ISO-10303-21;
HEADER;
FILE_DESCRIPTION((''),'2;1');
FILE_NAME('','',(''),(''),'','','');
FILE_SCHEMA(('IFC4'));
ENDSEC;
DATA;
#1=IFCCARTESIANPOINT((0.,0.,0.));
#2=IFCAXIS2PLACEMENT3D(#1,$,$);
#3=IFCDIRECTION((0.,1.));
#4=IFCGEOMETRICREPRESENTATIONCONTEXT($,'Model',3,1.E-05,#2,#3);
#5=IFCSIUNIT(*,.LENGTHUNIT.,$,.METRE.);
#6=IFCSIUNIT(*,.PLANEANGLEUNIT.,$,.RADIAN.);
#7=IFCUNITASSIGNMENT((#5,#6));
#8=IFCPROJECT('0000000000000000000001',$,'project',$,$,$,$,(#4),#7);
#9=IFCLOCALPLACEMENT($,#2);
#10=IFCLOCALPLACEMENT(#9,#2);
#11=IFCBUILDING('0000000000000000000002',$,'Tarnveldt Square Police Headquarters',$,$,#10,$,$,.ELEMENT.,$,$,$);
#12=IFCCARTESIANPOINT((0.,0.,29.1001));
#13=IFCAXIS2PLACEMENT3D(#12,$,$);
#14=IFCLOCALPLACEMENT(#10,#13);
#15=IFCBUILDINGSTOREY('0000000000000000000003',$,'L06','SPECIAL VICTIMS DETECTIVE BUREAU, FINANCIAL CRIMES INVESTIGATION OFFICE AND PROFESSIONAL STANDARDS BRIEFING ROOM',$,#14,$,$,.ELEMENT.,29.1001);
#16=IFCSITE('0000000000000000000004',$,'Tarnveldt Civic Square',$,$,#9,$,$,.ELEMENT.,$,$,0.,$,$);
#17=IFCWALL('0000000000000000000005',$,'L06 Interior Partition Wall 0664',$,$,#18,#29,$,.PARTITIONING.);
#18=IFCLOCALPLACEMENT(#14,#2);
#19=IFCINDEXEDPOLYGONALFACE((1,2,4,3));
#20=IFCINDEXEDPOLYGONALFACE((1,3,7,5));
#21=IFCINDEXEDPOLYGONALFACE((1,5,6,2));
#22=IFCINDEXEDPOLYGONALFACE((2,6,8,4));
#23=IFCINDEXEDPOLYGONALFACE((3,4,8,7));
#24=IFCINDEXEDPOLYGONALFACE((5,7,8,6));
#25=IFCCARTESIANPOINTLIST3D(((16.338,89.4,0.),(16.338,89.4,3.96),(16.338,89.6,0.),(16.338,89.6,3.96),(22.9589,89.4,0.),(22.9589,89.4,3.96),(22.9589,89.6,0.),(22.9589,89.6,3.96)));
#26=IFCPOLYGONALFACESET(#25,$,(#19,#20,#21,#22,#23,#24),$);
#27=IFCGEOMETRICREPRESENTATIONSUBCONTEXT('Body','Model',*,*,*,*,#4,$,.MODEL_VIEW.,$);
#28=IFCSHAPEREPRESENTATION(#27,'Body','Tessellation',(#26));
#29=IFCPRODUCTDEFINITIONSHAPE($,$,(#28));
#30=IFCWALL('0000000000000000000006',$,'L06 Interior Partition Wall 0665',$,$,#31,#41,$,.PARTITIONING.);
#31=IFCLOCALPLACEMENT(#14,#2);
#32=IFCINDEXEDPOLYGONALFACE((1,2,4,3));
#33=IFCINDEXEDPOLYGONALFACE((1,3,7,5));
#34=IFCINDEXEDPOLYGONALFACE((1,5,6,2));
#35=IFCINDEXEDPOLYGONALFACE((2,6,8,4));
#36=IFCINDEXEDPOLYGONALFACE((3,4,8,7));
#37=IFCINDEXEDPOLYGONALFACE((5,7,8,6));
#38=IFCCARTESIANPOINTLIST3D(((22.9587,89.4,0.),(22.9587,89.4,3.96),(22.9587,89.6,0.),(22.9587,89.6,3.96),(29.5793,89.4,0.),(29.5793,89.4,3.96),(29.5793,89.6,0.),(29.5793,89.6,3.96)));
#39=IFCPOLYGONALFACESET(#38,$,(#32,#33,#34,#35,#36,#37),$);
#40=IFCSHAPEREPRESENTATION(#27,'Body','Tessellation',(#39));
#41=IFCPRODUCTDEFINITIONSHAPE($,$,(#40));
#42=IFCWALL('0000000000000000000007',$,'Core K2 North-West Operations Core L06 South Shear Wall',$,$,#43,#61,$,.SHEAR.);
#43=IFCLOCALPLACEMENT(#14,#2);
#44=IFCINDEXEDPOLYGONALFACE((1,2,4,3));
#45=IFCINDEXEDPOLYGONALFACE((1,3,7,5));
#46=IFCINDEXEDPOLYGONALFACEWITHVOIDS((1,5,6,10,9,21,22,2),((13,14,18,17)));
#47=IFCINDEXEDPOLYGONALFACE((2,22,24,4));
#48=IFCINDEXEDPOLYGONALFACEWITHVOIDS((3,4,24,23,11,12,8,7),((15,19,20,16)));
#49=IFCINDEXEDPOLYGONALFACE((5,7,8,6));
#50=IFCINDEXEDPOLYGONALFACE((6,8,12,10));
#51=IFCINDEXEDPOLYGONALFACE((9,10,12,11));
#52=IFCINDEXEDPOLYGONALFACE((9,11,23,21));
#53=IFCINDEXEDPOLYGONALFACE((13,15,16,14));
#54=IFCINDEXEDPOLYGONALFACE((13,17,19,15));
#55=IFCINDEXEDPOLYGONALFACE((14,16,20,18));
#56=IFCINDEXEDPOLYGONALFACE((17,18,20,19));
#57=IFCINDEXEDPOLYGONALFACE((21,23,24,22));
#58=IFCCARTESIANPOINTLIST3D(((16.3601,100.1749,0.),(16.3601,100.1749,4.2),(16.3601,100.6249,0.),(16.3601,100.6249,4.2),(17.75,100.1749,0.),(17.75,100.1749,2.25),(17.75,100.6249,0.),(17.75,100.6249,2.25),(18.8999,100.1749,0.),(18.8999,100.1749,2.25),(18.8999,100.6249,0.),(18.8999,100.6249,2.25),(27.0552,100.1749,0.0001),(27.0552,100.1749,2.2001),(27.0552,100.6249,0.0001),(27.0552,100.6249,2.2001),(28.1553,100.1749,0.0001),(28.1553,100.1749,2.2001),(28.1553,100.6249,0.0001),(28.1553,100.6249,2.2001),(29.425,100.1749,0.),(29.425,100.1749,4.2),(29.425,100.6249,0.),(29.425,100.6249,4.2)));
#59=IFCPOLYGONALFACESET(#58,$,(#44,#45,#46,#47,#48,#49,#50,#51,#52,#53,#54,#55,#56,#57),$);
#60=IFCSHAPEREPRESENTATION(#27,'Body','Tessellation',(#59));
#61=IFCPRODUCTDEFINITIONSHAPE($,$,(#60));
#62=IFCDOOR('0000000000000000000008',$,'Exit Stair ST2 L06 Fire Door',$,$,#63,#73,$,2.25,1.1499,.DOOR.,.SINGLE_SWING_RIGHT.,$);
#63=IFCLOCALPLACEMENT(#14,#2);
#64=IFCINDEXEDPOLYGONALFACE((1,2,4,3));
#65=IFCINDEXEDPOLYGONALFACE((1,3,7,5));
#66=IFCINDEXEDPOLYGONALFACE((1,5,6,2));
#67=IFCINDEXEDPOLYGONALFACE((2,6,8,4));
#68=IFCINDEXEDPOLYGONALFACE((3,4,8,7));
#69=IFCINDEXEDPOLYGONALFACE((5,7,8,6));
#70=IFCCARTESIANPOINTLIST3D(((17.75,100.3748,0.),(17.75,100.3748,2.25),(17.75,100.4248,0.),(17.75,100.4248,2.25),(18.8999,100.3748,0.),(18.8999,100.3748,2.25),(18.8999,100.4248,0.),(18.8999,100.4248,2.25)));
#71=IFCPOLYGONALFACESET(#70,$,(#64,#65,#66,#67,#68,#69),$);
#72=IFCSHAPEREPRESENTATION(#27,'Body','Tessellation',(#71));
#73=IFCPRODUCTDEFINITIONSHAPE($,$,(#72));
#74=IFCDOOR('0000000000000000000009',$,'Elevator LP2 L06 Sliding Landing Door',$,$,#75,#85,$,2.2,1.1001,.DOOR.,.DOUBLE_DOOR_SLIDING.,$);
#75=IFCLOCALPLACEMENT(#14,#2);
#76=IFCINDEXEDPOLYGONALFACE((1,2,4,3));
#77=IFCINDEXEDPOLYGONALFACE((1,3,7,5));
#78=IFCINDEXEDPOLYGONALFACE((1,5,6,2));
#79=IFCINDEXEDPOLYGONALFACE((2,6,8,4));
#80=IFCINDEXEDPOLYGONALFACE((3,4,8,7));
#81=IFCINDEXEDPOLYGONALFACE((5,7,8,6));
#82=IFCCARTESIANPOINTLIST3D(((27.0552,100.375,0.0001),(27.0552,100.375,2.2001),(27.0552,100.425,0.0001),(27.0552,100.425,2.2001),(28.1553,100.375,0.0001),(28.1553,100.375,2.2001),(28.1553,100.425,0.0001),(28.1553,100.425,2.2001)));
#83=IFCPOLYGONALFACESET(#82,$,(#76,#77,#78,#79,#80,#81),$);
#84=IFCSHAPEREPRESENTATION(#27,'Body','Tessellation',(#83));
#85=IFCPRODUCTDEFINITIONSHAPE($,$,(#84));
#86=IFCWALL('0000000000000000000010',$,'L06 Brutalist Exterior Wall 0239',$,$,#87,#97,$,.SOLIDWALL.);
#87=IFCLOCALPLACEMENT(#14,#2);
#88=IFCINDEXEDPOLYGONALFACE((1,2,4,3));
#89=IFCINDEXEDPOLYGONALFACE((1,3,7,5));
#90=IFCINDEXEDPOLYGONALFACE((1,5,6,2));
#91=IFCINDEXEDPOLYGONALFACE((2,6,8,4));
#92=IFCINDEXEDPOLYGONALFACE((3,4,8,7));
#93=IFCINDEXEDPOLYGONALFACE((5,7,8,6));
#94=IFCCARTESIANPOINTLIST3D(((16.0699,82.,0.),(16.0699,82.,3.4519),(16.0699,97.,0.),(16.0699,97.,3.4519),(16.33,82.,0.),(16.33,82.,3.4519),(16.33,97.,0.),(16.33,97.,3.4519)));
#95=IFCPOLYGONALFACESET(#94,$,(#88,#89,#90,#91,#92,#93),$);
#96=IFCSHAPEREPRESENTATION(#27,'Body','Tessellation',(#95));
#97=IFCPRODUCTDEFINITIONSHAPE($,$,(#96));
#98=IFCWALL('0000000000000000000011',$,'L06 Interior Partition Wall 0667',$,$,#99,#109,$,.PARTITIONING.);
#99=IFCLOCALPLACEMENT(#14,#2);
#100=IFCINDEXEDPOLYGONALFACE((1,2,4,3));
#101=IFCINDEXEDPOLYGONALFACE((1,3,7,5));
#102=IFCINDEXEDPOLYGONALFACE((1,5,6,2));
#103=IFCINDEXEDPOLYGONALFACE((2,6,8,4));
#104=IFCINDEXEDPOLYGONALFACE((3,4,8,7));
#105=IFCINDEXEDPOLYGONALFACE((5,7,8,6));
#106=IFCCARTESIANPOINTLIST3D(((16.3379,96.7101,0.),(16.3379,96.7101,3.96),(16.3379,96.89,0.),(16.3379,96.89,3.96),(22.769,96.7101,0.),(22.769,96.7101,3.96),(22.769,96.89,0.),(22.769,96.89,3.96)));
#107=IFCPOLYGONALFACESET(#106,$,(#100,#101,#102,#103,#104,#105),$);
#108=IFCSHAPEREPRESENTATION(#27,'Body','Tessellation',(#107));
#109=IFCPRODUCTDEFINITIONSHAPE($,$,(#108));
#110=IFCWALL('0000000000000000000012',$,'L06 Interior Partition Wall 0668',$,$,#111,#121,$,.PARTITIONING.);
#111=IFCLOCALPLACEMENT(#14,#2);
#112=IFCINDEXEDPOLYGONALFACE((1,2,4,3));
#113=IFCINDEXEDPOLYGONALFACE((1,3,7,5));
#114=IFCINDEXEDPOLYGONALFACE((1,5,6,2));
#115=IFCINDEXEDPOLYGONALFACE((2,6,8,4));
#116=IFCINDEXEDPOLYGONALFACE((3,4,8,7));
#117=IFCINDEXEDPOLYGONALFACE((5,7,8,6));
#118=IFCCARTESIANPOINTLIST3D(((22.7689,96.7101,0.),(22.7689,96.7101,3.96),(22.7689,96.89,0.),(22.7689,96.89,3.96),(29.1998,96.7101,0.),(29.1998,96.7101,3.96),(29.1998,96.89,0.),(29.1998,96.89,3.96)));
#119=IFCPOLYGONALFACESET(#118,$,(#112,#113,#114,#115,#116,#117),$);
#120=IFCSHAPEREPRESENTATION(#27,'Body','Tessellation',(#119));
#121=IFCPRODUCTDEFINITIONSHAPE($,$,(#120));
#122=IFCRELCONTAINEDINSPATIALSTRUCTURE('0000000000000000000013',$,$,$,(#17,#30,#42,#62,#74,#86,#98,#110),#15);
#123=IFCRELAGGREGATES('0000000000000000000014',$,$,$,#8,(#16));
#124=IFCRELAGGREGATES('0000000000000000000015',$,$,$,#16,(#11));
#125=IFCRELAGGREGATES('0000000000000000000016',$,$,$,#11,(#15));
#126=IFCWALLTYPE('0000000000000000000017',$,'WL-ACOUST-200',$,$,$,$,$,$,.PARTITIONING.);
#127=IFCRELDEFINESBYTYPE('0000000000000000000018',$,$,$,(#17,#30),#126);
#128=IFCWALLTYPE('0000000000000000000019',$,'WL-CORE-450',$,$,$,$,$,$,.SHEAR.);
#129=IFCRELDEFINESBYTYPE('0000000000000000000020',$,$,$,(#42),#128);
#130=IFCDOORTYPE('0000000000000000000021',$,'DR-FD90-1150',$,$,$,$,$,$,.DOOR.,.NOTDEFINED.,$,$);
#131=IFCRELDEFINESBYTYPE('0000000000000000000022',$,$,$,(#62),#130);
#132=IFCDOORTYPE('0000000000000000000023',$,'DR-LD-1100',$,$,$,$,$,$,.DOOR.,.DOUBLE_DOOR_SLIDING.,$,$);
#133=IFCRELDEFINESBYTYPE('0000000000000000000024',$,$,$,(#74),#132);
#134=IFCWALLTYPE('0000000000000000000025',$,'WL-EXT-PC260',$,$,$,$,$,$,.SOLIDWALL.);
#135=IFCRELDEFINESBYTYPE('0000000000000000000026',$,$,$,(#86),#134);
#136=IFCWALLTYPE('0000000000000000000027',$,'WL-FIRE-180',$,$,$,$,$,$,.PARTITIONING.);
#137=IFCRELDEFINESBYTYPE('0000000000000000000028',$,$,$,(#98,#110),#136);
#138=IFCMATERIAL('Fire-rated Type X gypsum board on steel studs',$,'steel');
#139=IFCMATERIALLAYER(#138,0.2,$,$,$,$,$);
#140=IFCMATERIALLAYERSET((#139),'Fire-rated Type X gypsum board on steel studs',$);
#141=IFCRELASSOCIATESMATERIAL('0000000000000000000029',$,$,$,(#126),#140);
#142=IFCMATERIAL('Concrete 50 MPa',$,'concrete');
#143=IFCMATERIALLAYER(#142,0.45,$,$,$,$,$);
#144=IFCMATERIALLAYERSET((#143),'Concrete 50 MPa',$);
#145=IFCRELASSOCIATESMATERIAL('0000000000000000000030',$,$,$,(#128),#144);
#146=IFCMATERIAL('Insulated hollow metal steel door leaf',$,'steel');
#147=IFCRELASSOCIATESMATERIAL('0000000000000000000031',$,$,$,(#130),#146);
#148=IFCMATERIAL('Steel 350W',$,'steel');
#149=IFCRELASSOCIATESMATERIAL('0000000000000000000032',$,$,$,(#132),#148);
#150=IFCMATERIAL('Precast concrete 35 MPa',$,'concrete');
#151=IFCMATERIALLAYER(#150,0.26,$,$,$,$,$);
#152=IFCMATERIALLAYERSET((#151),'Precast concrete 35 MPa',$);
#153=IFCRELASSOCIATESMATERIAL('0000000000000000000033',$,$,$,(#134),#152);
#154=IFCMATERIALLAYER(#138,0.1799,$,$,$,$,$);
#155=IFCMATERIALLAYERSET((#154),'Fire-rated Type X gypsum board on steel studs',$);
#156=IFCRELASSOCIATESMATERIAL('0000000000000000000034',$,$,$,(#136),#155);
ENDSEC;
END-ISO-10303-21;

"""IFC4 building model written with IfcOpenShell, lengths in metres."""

from ifc_helpers import new_model, si_unit, direction, frame, frame_2d, origin, place, context, subcontext, project, spatial, rectangle, extrude, material, layer, layer_set, type_object, element, fill, save


model = new_model("IFC4")

# Units and contexts
model_context = context("Model", 3, precision=1e-05, world=origin(), true_north=direction((0.0, 1.0)))
body_context = subcontext(model_context, "Body", "Model", "MODEL_VIEW")
ifc_project = project(units=[si_unit("LENGTHUNIT", "METRE"), si_unit("PLANEANGLEUNIT", "RADIAN")], contexts=[model_context])

# Site, building, storey
site_placement = place(None, origin())
site = spatial("IfcSite", under=ifc_project, at=site_placement, Name="Tarnveldt Civic Square", CompositionType="ELEMENT", RefElevation=0.0)
building_placement = place(site_placement, origin())
building = spatial("IfcBuilding", under=site, at=building_placement, Name="Tarnveldt Square Police Headquarters", CompositionType="ELEMENT")
storey_placement = place(building_placement, frame((0.0, 0.0, 29.1001)))
storey = spatial("IfcBuildingStorey", under=building, at=storey_placement, Name="L06", Description="SPECIAL VICTIMS DETECTIVE BUREAU, FINANCIAL CRIMES INVESTIGATION OFFICE AND PROFESSIONAL STANDARDS BRIEFING ROOM", CompositionType="ELEMENT", Elevation=29.1001)

# Shared definitions
ifc_material_1 = material(Name="Steel 350W", Category="steel")

# Walls
ifc_material_2 = material(Name="Fire-rated Type X gypsum board on steel studs", Category="steel")
ifc_layer_1 = layer(ifc_material_2, 0.2)
ifc_layer_set_1 = layer_set([ifc_layer_1], Name="Fire-rated Type X gypsum board on steel studs")
wall_type_1 = type_object("IfcWallType", Name="WL-ACOUST-200", PredefinedType="PARTITIONING", material=ifc_layer_set_1)
wall_1_placement = place(storey_placement, frame((16.3379, 89.5, 0.0), z_axis=(0.0, 0.0, 1.0), x_axis=(1.0, 0.0, 0.0)))
element("IfcWall", 1, at=wall_1_placement, inside=storey, type_object=wall_type_1, Name="L06 Interior Partition Wall 0664", PredefinedType="PARTITIONING", context=body_context, shape_type="SweptSolid", body=[
    extrude(rectangle(XDim=6.6208, YDim=0.2, at=frame_2d((3.3105, 0.0))), origin(), (0.0, 0.0, 1.0), 3.96),
])
wall_2_placement = place(storey_placement, frame((22.9587, 89.5, 0.0), z_axis=(0.0, 0.0, 1.0), x_axis=(1.0, 0.0, 0.0)))
element("IfcWall", 2, at=wall_2_placement, inside=storey, type_object=wall_type_1, Name="L06 Interior Partition Wall 0665", PredefinedType="PARTITIONING", context=body_context, shape_type="SweptSolid", body=[
    extrude(rectangle(XDim=6.6206, YDim=0.2, at=frame_2d((3.3103, 0.0))), origin(), (0.0, 0.0, 1.0), 3.96),
])

# Wall, openings, doors
ifc_material_3 = material(Name="Concrete 50 MPa", Category="concrete")
ifc_layer_2 = layer(ifc_material_3, 0.45)
ifc_layer_set_2 = layer_set([ifc_layer_2], Name="Concrete 50 MPa")
wall_type_2 = type_object("IfcWallType", Name="WL-CORE-450", PredefinedType="SHEAR", material=ifc_layer_set_2)
wall_3_placement = place(storey_placement, frame((16.3601, 100.3999, 0.0), z_axis=(0.0, 0.0, 1.0), x_axis=(1.0, 0.0, 0.0)))
wall_3 = element("IfcWall", 3, at=wall_3_placement, inside=storey, type_object=wall_type_2, Name="Core K2 North-West Operations Core L06 South Shear Wall", PredefinedType="SHEAR", context=body_context, shape_type="SweptSolid", body=[
    extrude(rectangle(XDim=13.0649, YDim=0.45, at=frame_2d((6.5325, 0.0))), origin(), (0.0, 0.0, 1.0), 4.2),
])
opening_1_placement = place(wall_3_placement, frame((1.3899, 0.0, 0.0)))
opening_1 = element("IfcOpeningElement", 4, at=opening_1_placement, cuts=wall_3, PredefinedType="OPENING", context=body_context, shape_type="SweptSolid", body=[
    extrude(rectangle(XDim=1.1499, YDim=2.25, at=frame_2d((0.575, 1.125))), frame((0.0, 0.2349, 0.0), z_axis=(0.0, -1.0, 0.0), x_axis=(1.0, 0.0, 0.0)), (0.0, 0.0, 1.0), 0.47),
])
opening_2_placement = place(wall_3_placement, frame((10.6951, 0.0, 0.0)))
opening_2 = element("IfcOpeningElement", 5, at=opening_2_placement, cuts=wall_3, PredefinedType="OPENING", context=body_context, shape_type="SweptSolid", body=[
    extrude(rectangle(XDim=1.1001, YDim=2.2, at=frame_2d((0.55, 1.1001))), frame((0.0, 0.2349, 0.0), z_axis=(0.0, -1.0, 0.0), x_axis=(1.0, 0.0, 0.0)), (0.0, 0.0, 1.0), 0.47),
])
ifc_material_4 = material(Name="Insulated hollow metal steel door leaf", Category="steel")
door_type_1 = type_object("IfcDoorType", Name="DR-FD90-1150", OperationType="NOTDEFINED", PredefinedType="DOOR", material=ifc_material_4)
door_1_placement = place(opening_1_placement, origin())
door_1 = element("IfcDoor", 6, at=door_1_placement, inside=storey, type_object=door_type_1, Name="Exit Stair ST2 L06 Fire Door", OperationType="SINGLE_SWING_RIGHT", OverallHeight=2.25, OverallWidth=1.1499, PredefinedType="DOOR", context=body_context, shape_type="SweptSolid", body=[
    extrude(rectangle(XDim=1.1499, YDim=2.25, at=frame_2d((0.575, 1.125))), frame((0.0, 0.0249, 0.0), z_axis=(0.0, -1.0, 0.0), x_axis=(1.0, 0.0, 0.0)), (0.0, 0.0, 1.0), 0.05),
])
fill(opening_1, door_1)
door_type_2 = type_object("IfcDoorType", Name="DR-LD-1100", OperationType="DOUBLE_DOOR_SLIDING", PredefinedType="DOOR", material=ifc_material_1)
door_2_placement = place(opening_2_placement, frame((1.1001, 0.0, 0.0), z_axis=(0.0, 0.0, 1.0), x_axis=(-1.0, 0.0, 0.0)))
door_2 = element("IfcDoor", 7, at=door_2_placement, inside=storey, type_object=door_type_2, Name="Elevator LP2 L06 Sliding Landing Door", OperationType="DOUBLE_DOOR_SLIDING", OverallHeight=2.2, OverallWidth=1.1001, PredefinedType="DOOR", context=body_context, shape_type="SweptSolid", body=[
    extrude(rectangle(XDim=1.1001, YDim=2.2, at=frame_2d((0.55, 1.1001))), frame((0.0, 0.0249, 0.0), z_axis=(0.0, -1.0, 0.0), x_axis=(1.0, 0.0, 0.0)), (0.0, 0.0, 1.0), 0.05),
])
fill(opening_2, door_2)

# Walls
ifc_material_5 = material(Name="Precast concrete 35 MPa", Category="concrete")
ifc_layer_3 = layer(ifc_material_5, 0.26)
ifc_layer_set_3 = layer_set([ifc_layer_3], Name="Precast concrete 35 MPa")
wall_type_3 = type_object("IfcWallType", Name="WL-EXT-PC260", PredefinedType="SOLIDWALL", material=ifc_layer_set_3)
wall_4_placement = place(storey_placement, frame((16.2, 97.0, 0.0), z_axis=(0.0, 0.0, 1.0), x_axis=(0.0, -1.0, 0.0)))
element("IfcWall", 8, at=wall_4_placement, inside=storey, type_object=wall_type_3, Name="L06 Brutalist Exterior Wall 0239", PredefinedType="SOLIDWALL", context=body_context, shape_type="SweptSolid", body=[
    extrude(rectangle(XDim=15.0, YDim=0.26, at=frame_2d((7.5, 0.0))), origin(), (0.0, 0.0, 1.0), 3.4519),
])
ifc_layer_4 = layer(ifc_material_2, 0.1799)
ifc_layer_set_4 = layer_set([ifc_layer_4], Name="Fire-rated Type X gypsum board on steel studs")
wall_type_4 = type_object("IfcWallType", Name="WL-FIRE-180", PredefinedType="PARTITIONING", material=ifc_layer_set_4)
wall_5_placement = place(storey_placement, frame((16.3379, 96.8, 0.0), z_axis=(0.0, 0.0, 1.0), x_axis=(1.0, 0.0, 0.0)))
element("IfcWall", 9, at=wall_5_placement, inside=storey, type_object=wall_type_4, Name="L06 Interior Partition Wall 0667", PredefinedType="PARTITIONING", context=body_context, shape_type="SweptSolid", body=[
    extrude(rectangle(XDim=6.4312, YDim=0.1799, at=frame_2d((3.2156, 0.0))), origin(), (0.0, 0.0, 1.0), 3.96),
])
wall_6_placement = place(storey_placement, frame((22.769, 96.8, 0.0), z_axis=(0.0, 0.0, 1.0), x_axis=(1.0, 0.0, 0.0)))
element("IfcWall", 10, at=wall_6_placement, inside=storey, type_object=wall_type_4, Name="L06 Interior Partition Wall 0668", PredefinedType="PARTITIONING", context=body_context, shape_type="SweptSolid", body=[
    extrude(rectangle(XDim=6.4309, YDim=0.1799, at=frame_2d((3.2153, 0.0))), origin(), (0.0, 0.0, 1.0), 3.96),
])

save(model, "model.ifc")
